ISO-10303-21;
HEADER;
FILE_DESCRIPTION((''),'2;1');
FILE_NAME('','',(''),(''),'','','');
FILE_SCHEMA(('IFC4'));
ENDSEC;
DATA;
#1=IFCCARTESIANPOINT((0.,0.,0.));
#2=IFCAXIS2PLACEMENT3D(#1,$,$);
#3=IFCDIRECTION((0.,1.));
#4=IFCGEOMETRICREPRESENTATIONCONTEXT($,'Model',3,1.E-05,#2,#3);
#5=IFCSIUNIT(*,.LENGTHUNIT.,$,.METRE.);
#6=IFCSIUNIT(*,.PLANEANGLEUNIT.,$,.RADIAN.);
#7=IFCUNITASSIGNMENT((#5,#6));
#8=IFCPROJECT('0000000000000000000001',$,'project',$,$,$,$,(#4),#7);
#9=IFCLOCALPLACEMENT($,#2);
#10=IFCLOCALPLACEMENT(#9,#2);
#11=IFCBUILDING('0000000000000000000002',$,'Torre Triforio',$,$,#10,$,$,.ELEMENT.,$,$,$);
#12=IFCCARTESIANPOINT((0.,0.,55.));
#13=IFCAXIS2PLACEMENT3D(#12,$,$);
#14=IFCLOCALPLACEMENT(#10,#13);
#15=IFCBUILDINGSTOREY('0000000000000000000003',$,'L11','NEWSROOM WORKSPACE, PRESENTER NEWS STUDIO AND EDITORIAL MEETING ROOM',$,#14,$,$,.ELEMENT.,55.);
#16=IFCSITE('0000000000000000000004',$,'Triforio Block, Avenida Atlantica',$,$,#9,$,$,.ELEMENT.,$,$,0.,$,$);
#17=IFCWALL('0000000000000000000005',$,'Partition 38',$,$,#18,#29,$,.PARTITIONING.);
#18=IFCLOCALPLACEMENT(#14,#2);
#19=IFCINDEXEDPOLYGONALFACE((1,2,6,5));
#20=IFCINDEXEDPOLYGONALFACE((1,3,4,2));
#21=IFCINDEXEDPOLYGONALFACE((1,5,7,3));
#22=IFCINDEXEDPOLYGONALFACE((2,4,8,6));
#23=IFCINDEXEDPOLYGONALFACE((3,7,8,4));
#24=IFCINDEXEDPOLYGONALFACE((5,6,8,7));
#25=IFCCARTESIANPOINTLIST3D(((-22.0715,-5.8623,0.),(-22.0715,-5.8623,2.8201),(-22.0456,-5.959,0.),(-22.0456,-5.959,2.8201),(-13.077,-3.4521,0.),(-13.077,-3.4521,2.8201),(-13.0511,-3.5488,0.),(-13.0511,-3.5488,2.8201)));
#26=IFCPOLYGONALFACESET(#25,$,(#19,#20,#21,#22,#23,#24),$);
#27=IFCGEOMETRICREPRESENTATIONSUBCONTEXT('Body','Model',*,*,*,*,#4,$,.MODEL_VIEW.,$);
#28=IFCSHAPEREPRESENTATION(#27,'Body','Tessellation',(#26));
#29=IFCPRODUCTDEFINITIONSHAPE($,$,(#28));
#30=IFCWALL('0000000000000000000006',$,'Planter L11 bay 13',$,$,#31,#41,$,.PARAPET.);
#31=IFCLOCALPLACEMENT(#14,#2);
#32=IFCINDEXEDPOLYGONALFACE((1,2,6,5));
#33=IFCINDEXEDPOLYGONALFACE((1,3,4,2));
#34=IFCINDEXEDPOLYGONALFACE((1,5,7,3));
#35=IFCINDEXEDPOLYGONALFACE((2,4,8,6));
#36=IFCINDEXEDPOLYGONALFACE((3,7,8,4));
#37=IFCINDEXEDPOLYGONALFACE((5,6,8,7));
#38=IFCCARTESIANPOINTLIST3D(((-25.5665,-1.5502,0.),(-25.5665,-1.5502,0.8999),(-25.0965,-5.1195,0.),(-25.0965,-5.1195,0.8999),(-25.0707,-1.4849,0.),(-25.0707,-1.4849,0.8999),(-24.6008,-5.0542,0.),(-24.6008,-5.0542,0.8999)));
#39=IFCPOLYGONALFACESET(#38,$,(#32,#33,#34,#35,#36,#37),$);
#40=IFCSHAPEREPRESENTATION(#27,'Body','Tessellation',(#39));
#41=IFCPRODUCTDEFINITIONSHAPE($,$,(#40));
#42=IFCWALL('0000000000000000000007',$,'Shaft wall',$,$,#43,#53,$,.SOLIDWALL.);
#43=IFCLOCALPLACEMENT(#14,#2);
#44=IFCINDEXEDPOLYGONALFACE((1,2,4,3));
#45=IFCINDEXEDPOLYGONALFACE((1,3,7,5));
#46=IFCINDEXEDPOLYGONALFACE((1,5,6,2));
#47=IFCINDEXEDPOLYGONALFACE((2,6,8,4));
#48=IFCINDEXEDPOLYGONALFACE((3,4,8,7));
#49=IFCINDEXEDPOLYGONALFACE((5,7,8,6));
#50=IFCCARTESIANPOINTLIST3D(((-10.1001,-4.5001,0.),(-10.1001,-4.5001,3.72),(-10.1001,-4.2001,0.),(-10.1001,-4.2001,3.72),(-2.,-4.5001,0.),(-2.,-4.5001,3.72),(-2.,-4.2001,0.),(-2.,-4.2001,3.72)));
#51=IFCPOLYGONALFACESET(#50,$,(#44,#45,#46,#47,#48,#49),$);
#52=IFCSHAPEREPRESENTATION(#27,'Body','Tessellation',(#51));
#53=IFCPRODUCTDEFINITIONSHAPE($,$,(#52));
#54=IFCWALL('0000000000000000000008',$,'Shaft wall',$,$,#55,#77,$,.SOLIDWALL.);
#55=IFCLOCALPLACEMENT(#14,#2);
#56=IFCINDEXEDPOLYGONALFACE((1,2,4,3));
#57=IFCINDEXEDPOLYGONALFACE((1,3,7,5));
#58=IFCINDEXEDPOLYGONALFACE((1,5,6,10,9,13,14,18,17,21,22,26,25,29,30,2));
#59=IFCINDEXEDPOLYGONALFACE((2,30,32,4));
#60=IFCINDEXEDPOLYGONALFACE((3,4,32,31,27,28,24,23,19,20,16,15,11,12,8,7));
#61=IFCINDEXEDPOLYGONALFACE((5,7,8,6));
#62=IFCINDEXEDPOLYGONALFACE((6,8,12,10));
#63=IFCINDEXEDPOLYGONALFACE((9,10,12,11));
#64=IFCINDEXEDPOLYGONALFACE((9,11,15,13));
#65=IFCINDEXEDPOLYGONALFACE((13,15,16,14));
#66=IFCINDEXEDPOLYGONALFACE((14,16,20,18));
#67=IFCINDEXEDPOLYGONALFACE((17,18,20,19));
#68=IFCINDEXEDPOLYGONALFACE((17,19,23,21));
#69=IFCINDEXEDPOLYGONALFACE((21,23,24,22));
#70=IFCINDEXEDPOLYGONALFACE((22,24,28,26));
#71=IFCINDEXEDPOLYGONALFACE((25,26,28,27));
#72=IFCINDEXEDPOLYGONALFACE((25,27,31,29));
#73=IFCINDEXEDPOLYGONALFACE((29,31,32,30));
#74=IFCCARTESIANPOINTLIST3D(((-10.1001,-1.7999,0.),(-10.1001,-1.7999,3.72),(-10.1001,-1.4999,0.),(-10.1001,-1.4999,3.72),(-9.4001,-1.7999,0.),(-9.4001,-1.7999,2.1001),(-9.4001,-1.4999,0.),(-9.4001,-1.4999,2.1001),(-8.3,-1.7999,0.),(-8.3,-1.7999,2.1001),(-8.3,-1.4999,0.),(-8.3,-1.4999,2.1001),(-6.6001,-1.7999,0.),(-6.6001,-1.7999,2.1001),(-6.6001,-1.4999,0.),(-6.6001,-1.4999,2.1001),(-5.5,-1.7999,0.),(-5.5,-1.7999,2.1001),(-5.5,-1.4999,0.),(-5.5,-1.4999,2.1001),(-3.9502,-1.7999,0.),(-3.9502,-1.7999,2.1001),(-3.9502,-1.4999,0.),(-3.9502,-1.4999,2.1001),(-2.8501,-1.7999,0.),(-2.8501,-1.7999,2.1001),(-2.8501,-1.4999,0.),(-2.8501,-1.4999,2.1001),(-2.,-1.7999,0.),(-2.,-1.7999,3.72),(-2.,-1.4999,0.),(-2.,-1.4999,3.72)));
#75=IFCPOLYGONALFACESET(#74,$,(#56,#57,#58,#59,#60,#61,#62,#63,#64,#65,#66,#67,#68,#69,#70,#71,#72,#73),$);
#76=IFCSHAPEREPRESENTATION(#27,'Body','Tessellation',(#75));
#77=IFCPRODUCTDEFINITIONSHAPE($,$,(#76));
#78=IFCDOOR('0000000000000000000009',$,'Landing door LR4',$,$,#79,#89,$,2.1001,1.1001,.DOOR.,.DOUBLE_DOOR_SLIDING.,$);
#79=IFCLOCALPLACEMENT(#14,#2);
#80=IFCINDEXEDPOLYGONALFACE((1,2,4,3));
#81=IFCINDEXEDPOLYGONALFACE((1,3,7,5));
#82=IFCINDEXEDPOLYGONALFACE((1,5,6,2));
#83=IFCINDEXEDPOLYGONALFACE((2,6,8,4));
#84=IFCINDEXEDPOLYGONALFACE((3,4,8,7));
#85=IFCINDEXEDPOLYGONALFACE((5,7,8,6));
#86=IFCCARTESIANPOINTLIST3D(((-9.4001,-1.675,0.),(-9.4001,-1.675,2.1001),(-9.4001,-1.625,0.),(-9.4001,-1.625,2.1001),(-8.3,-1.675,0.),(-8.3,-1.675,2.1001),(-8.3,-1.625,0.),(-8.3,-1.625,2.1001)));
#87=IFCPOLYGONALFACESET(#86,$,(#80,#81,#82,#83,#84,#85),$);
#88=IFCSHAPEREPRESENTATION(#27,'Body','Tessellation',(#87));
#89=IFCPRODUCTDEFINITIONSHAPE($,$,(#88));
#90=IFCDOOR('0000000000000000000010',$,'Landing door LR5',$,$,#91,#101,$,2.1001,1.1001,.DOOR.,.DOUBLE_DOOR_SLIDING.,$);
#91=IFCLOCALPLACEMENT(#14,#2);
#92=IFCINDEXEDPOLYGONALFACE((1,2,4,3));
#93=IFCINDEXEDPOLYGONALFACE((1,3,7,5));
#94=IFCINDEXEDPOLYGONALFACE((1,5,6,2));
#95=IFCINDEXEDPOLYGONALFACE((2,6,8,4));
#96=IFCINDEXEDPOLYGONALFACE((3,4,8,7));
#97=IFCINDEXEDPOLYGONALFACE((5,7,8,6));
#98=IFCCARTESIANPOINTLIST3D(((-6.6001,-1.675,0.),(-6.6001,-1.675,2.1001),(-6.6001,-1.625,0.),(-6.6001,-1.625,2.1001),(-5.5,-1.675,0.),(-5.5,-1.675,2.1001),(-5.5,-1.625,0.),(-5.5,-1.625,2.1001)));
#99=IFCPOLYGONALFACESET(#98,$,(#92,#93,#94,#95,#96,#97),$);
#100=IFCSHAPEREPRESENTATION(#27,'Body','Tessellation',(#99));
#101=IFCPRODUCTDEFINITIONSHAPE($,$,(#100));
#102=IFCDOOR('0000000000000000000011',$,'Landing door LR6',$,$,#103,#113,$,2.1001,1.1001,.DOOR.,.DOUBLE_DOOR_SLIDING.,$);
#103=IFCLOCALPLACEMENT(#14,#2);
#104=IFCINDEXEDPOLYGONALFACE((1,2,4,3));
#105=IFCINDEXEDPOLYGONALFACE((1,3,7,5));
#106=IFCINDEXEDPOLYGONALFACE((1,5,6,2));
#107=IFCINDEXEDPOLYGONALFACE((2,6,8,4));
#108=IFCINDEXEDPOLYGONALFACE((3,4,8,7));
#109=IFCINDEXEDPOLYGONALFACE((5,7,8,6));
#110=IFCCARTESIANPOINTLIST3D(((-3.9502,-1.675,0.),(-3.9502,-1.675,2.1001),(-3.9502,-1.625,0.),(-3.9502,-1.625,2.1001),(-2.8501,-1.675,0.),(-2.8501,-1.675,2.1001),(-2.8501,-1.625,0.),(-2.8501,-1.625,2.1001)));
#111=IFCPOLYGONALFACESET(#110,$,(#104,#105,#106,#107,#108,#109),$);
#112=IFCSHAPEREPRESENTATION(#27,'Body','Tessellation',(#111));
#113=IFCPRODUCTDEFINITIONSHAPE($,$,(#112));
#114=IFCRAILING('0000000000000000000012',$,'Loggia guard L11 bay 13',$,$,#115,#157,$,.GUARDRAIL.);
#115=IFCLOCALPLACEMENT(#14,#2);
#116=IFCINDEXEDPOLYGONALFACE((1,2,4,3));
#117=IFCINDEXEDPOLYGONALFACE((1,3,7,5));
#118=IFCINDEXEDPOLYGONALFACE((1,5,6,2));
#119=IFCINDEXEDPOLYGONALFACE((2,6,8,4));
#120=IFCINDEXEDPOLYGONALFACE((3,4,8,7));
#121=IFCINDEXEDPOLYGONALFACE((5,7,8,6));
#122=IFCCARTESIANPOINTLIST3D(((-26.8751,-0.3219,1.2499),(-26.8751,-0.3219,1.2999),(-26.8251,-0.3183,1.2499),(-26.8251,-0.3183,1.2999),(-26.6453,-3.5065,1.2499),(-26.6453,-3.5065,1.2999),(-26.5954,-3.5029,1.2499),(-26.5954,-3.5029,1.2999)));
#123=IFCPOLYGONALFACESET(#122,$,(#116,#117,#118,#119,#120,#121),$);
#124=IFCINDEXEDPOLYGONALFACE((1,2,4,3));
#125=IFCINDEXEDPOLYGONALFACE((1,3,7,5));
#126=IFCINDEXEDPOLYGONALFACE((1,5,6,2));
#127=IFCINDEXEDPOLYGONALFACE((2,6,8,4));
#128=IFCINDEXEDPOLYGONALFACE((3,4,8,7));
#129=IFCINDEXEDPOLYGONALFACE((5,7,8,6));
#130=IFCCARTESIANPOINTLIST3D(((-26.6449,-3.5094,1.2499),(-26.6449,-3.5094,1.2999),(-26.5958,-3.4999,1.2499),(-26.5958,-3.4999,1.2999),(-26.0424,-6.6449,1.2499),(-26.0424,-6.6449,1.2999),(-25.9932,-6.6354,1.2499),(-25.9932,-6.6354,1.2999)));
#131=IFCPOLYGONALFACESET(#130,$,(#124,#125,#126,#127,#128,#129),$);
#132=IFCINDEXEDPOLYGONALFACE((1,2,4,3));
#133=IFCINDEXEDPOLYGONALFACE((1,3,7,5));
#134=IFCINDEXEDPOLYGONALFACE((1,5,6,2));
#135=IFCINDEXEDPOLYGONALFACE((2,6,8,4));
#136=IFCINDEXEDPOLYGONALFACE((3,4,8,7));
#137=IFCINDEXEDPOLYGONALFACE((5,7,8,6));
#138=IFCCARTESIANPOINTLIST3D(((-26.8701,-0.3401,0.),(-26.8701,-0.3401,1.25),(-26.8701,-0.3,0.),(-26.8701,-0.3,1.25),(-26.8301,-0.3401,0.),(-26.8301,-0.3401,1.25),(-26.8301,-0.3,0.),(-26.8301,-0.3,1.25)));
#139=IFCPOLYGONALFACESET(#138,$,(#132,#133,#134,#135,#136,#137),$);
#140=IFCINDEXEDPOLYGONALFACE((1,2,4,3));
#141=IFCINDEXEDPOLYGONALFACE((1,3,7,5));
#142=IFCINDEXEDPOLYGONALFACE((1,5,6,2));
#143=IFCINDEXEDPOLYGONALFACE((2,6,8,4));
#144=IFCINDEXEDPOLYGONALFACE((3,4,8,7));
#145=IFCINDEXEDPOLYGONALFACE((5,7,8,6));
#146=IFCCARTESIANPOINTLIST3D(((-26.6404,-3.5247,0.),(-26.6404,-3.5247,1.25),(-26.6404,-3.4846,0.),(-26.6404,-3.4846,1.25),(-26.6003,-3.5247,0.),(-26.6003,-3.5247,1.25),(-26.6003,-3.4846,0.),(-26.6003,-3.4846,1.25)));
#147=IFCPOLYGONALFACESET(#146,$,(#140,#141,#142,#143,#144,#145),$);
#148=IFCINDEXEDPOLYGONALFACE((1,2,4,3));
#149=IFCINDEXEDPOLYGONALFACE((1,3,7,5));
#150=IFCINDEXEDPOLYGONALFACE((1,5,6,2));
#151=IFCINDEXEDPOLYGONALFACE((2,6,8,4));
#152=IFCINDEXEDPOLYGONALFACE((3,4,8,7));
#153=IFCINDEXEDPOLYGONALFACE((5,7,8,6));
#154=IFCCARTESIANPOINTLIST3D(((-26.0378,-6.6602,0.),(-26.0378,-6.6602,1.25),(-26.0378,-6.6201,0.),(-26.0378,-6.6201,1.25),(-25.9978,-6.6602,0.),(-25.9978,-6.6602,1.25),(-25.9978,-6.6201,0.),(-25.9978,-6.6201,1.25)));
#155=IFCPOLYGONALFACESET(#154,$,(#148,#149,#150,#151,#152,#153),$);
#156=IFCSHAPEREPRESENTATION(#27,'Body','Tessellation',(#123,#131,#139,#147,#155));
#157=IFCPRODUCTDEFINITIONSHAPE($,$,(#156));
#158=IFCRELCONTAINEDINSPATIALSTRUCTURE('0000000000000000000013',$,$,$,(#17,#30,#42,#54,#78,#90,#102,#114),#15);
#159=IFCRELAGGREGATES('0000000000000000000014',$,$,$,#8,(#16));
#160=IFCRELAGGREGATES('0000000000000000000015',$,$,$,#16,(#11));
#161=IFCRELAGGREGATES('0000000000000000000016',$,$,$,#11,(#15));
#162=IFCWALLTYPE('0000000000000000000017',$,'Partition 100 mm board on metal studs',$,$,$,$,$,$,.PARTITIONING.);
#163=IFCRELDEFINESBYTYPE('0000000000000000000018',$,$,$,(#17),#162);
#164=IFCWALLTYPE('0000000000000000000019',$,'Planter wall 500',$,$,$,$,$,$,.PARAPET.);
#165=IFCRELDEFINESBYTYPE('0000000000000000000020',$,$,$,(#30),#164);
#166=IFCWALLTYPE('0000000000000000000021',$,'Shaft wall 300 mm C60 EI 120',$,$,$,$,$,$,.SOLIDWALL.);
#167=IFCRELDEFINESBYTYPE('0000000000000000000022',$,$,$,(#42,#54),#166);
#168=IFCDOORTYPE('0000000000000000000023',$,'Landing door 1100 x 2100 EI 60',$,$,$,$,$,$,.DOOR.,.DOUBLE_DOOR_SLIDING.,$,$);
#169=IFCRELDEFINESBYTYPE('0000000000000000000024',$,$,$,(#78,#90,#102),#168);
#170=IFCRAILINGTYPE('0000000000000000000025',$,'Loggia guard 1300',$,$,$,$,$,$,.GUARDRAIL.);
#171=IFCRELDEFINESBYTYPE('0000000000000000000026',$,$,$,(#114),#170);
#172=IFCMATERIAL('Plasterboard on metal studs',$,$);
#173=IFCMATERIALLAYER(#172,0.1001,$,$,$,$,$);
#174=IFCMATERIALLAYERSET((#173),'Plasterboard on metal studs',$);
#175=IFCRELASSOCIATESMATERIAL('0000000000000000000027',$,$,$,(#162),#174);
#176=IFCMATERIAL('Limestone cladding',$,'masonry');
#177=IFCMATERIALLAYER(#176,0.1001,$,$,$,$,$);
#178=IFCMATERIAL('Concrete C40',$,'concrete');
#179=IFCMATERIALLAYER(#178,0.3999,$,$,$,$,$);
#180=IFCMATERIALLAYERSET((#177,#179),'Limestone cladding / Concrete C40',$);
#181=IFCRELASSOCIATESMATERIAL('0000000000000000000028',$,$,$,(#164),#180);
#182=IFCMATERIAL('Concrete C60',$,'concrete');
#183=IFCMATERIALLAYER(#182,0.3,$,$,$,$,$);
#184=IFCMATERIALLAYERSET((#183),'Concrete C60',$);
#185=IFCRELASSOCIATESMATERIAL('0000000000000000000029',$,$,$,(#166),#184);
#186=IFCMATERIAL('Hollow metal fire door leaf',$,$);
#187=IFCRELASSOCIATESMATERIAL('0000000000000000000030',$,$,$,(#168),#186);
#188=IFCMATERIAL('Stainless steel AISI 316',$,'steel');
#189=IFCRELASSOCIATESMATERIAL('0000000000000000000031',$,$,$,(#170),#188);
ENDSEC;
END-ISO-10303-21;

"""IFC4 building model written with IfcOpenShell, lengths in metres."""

from ifc_helpers import new_model, si_unit, direction, frame, frame_2d, origin, origin_2d, place, context, subcontext, project, spatial, rectangle, extrude, material, layer, layer_set, type_object, element, fill, save


model = new_model("IFC4")

# Units and contexts
model_context = context("Model", 3, precision=1e-05, world=origin(), true_north=direction((0.0, 1.0)))
body_context = subcontext(model_context, "Body", "Model", "MODEL_VIEW")
ifc_project = project(units=[si_unit("LENGTHUNIT", "METRE"), si_unit("PLANEANGLEUNIT", "RADIAN")], contexts=[model_context])

# Site, building, storey
site_placement = place(None, origin())
site = spatial("IfcSite", under=ifc_project, at=site_placement, Name="Triforio Block, Avenida Atlantica", CompositionType="ELEMENT", RefElevation=0.0)
building_placement = place(site_placement, origin())
building = spatial("IfcBuilding", under=site, at=building_placement, Name="Torre Triforio", CompositionType="ELEMENT")
storey_placement = place(building_placement, frame((0.0, 0.0, 55.0)))
storey = spatial("IfcBuildingStorey", under=building, at=storey_placement, Name="L11", Description="NEWSROOM WORKSPACE, PRESENTER NEWS STUDIO AND EDITORIAL MEETING ROOM", CompositionType="ELEMENT", Elevation=55.0)

# Shared definitions
ifc_material_1 = material(Name="Concrete C60", Category="concrete")
ifc_material_2 = material(Name="Hollow metal fire door leaf")

# Shared definitions
ifc_material_3 = material(Name="Plasterboard on metal studs")

# Walls
ifc_layer_1 = layer(ifc_material_3, 0.1001)
ifc_layer_set_1 = layer_set([ifc_layer_1], Name="Plasterboard on metal studs")
wall_type_1 = type_object("IfcWallType", Name="Partition 100 mm board on metal studs", PredefinedType="PARTITIONING", material=ifc_layer_set_1)
wall_1_placement = place(storey_placement, frame((-13.0642, -3.5005, 0.0), z_axis=(0.0, 0.0, 1.0), x_axis=(-0.965923, -0.258831, 0.0)))
element("IfcWall", 1, at=wall_1_placement, inside=storey, type_object=wall_type_1, Name="Partition 38", PredefinedType="PARTITIONING", context=body_context, shape_type="SweptSolid", body=[
    extrude(rectangle(XDim=9.3118, YDim=0.1001, at=frame_2d((4.6558, 0.0))), origin(), (0.0, 0.0, 1.0), 2.8201),
])
ifc_material_4 = material(Name="Limestone cladding", Category="masonry")
ifc_layer_2 = layer(ifc_material_4, 0.1001)
ifc_material_5 = material(Name="Concrete C40", Category="concrete")
ifc_layer_3 = layer(ifc_material_5, 0.3999)
ifc_layer_set_2 = layer_set([ifc_layer_2, ifc_layer_3], Name="Limestone cladding / Concrete C40")
wall_type_2 = type_object("IfcWallType", Name="Planter wall 500", PredefinedType="PARAPET", material=ifc_layer_set_2)
wall_2_placement = place(storey_placement, frame((-25.3186, -1.5176, 0.0), z_axis=(0.0, 0.0, 1.0), x_axis=(0.130542, -0.991443, 0.0)))
element("IfcWall", 2, at=wall_2_placement, inside=storey, type_object=wall_type_2, Name="Planter L11 bay 13", PredefinedType="PARAPET", context=body_context, shape_type="SweptSolid", body=[
    extrude(rectangle(XDim=3.6001, YDim=0.5, at=frame_2d((1.8, 0.0))), origin(), (0.0, 0.0, 1.0), 0.8999),
])
ifc_layer_4 = layer(ifc_material_1, 0.3)
ifc_layer_set_3 = layer_set([ifc_layer_4], Name="Concrete C60")
wall_type_3 = type_object("IfcWallType", Name="Shaft wall 300 mm C60 EI 120", PredefinedType="SOLIDWALL", material=ifc_layer_set_3)
wall_3_placement = place(storey_placement, frame((-10.1001, -4.3501, 0.0), z_axis=(0.0, 0.0, 1.0), x_axis=(1.0, 0.0, 0.0)))
element("IfcWall", 3, at=wall_3_placement, inside=storey, type_object=wall_type_3, Name="Shaft wall", PredefinedType="SOLIDWALL", context=body_context, shape_type="SweptSolid", body=[
    extrude(rectangle(XDim=8.1001, YDim=0.3, at=frame_2d((4.05, 0.0))), origin(), (0.0, 0.0, 1.0), 3.72),
])

# Wall, openings, doors
wall_4_placement = place(storey_placement, frame((-10.1001, -1.6499, 0.0), z_axis=(0.0, 0.0, 1.0), x_axis=(1.0, 0.0, 0.0)))
wall_4 = element("IfcWall", 4, at=wall_4_placement, inside=storey, type_object=wall_type_3, Name="Shaft wall", PredefinedType="SOLIDWALL", context=body_context, shape_type="SweptSolid", body=[
    extrude(rectangle(XDim=8.1001, YDim=0.3, at=frame_2d((4.05, 0.0))), origin(), (0.0, 0.0, 1.0), 3.72),
])
opening_1_placement = place(wall_4_placement, frame((0.7, 0.0, 0.0)))
opening_1 = element("IfcOpeningElement", 5, at=opening_1_placement, cuts=wall_4, PredefinedType="OPENING", context=body_context, shape_type="SweptSolid", body=[
    extrude(rectangle(XDim=1.1001, YDim=2.1001, at=frame_2d((0.55, 1.05))), frame((0.0, 0.1599, 0.0), z_axis=(0.0, -1.0, 0.0), x_axis=(1.0, 0.0, 0.0)), (0.0, 0.0, 1.0), 0.3201),
])
opening_2_placement = place(wall_4_placement, frame((3.5, 0.0, 0.0)))
opening_2 = element("IfcOpeningElement", 6, at=opening_2_placement, cuts=wall_4, PredefinedType="OPENING", context=body_context, shape_type="SweptSolid", body=[
    extrude(rectangle(XDim=1.1001, YDim=2.1001, at=frame_2d((0.55, 1.05))), frame((0.0, 0.1599, 0.0), z_axis=(0.0, -1.0, 0.0), x_axis=(1.0, 0.0, 0.0)), (0.0, 0.0, 1.0), 0.3201),
])
opening_3_placement = place(wall_4_placement, frame((6.1499, 0.0, 0.0)))
opening_3 = element("IfcOpeningElement", 7, at=opening_3_placement, cuts=wall_4, PredefinedType="OPENING", context=body_context, shape_type="SweptSolid", body=[
    extrude(rectangle(XDim=1.1001, YDim=2.1001, at=frame_2d((0.55, 1.05))), frame((0.0, 0.1599, 0.0), z_axis=(0.0, -1.0, 0.0), x_axis=(1.0, 0.0, 0.0)), (0.0, 0.0, 1.0), 0.3201),
])
door_type_1 = type_object("IfcDoorType", Name="Landing door 1100 x 2100 EI 60", OperationType="DOUBLE_DOOR_SLIDING", PredefinedType="DOOR", material=ifc_material_2)
door_1_placement = place(opening_1_placement, origin())
door_1 = element("IfcDoor", 8, at=door_1_placement, inside=storey, type_object=door_type_1, Name="Landing door LR4", OperationType="DOUBLE_DOOR_SLIDING", OverallHeight=2.1001, OverallWidth=1.1001, PredefinedType="DOOR", context=body_context, shape_type="SweptSolid", body=[
    extrude(rectangle(XDim=1.1001, YDim=2.1001, at=frame_2d((0.55, 1.05))), frame((0.0, 0.0249, 0.0), z_axis=(0.0, -1.0, 0.0), x_axis=(1.0, 0.0, 0.0)), (0.0, 0.0, 1.0), 0.05),
])
fill(opening_1, door_1)
door_2_placement = place(opening_2_placement, origin())
door_2 = element("IfcDoor", 9, at=door_2_placement, inside=storey, type_object=door_type_1, Name="Landing door LR5", OperationType="DOUBLE_DOOR_SLIDING", OverallHeight=2.1001, OverallWidth=1.1001, PredefinedType="DOOR", context=body_context, shape_type="SweptSolid", body=[
    extrude(rectangle(XDim=1.1001, YDim=2.1001, at=frame_2d((0.55, 1.05))), frame((0.0, 0.0249, 0.0), z_axis=(0.0, -1.0, 0.0), x_axis=(1.0, 0.0, 0.0)), (0.0, 0.0, 1.0), 0.05),
])
fill(opening_2, door_2)
door_3_placement = place(opening_3_placement, origin())
door_3 = element("IfcDoor", 10, at=door_3_placement, inside=storey, type_object=door_type_1, Name="Landing door LR6", OperationType="DOUBLE_DOOR_SLIDING", OverallHeight=2.1001, OverallWidth=1.1001, PredefinedType="DOOR", context=body_context, shape_type="SweptSolid", body=[
    extrude(rectangle(XDim=1.1001, YDim=2.1001, at=frame_2d((0.55, 1.05))), frame((0.0, 0.0249, 0.0), z_axis=(0.0, -1.0, 0.0), x_axis=(1.0, 0.0, 0.0)), (0.0, 0.0, 1.0), 0.05),
])
fill(opening_3, door_3)

# Railing
ifc_material_6 = material(Name="Stainless steel AISI 316", Category="steel")
railing_type = type_object("IfcRailingType", Name="Loggia guard 1300", PredefinedType="GUARDRAIL", material=ifc_material_6)
railing_placement = place(storey_placement, frame((-26.8501, -0.3201, 0.0)))
element("IfcRailing", 11, at=railing_placement, inside=storey, type_object=railing_type, Name="Loggia guard L11 bay 13", PredefinedType="GUARDRAIL", context=body_context, shape_type="SweptSolid", body=[
    extrude(rectangle(XDim=0.05, YDim=0.05, at=origin_2d()), frame((0.0, 0.0, 1.2749), z_axis=(0.071953, -0.997408, 0.0), x_axis=(0.997408, 0.071953, 0.0)), (0.0, 0.0, 1.0), 3.1929),
    extrude(rectangle(XDim=0.05, YDim=0.05, at=origin_2d()), frame((0.2297, -3.1846, 1.2749), z_axis=(0.188714, -0.982032, 0.0), x_axis=(0.982032, 0.188714, 0.0)), (0.0, 0.0, 1.0), 3.1929),
    extrude(rectangle(XDim=0.04, YDim=0.04, at=origin_2d()), origin(), (0.0, 0.0, 1.0), 1.25),
    extrude(rectangle(XDim=0.04, YDim=0.04, at=origin_2d()), frame((0.2297, -3.1846, 0.0)), (0.0, 0.0, 1.0), 1.25),
    extrude(rectangle(XDim=0.04, YDim=0.04, at=origin_2d()), frame((0.8323, -6.3201, 0.0)), (0.0, 0.0, 1.0), 1.25),
])

save(model, "model.ifc")
